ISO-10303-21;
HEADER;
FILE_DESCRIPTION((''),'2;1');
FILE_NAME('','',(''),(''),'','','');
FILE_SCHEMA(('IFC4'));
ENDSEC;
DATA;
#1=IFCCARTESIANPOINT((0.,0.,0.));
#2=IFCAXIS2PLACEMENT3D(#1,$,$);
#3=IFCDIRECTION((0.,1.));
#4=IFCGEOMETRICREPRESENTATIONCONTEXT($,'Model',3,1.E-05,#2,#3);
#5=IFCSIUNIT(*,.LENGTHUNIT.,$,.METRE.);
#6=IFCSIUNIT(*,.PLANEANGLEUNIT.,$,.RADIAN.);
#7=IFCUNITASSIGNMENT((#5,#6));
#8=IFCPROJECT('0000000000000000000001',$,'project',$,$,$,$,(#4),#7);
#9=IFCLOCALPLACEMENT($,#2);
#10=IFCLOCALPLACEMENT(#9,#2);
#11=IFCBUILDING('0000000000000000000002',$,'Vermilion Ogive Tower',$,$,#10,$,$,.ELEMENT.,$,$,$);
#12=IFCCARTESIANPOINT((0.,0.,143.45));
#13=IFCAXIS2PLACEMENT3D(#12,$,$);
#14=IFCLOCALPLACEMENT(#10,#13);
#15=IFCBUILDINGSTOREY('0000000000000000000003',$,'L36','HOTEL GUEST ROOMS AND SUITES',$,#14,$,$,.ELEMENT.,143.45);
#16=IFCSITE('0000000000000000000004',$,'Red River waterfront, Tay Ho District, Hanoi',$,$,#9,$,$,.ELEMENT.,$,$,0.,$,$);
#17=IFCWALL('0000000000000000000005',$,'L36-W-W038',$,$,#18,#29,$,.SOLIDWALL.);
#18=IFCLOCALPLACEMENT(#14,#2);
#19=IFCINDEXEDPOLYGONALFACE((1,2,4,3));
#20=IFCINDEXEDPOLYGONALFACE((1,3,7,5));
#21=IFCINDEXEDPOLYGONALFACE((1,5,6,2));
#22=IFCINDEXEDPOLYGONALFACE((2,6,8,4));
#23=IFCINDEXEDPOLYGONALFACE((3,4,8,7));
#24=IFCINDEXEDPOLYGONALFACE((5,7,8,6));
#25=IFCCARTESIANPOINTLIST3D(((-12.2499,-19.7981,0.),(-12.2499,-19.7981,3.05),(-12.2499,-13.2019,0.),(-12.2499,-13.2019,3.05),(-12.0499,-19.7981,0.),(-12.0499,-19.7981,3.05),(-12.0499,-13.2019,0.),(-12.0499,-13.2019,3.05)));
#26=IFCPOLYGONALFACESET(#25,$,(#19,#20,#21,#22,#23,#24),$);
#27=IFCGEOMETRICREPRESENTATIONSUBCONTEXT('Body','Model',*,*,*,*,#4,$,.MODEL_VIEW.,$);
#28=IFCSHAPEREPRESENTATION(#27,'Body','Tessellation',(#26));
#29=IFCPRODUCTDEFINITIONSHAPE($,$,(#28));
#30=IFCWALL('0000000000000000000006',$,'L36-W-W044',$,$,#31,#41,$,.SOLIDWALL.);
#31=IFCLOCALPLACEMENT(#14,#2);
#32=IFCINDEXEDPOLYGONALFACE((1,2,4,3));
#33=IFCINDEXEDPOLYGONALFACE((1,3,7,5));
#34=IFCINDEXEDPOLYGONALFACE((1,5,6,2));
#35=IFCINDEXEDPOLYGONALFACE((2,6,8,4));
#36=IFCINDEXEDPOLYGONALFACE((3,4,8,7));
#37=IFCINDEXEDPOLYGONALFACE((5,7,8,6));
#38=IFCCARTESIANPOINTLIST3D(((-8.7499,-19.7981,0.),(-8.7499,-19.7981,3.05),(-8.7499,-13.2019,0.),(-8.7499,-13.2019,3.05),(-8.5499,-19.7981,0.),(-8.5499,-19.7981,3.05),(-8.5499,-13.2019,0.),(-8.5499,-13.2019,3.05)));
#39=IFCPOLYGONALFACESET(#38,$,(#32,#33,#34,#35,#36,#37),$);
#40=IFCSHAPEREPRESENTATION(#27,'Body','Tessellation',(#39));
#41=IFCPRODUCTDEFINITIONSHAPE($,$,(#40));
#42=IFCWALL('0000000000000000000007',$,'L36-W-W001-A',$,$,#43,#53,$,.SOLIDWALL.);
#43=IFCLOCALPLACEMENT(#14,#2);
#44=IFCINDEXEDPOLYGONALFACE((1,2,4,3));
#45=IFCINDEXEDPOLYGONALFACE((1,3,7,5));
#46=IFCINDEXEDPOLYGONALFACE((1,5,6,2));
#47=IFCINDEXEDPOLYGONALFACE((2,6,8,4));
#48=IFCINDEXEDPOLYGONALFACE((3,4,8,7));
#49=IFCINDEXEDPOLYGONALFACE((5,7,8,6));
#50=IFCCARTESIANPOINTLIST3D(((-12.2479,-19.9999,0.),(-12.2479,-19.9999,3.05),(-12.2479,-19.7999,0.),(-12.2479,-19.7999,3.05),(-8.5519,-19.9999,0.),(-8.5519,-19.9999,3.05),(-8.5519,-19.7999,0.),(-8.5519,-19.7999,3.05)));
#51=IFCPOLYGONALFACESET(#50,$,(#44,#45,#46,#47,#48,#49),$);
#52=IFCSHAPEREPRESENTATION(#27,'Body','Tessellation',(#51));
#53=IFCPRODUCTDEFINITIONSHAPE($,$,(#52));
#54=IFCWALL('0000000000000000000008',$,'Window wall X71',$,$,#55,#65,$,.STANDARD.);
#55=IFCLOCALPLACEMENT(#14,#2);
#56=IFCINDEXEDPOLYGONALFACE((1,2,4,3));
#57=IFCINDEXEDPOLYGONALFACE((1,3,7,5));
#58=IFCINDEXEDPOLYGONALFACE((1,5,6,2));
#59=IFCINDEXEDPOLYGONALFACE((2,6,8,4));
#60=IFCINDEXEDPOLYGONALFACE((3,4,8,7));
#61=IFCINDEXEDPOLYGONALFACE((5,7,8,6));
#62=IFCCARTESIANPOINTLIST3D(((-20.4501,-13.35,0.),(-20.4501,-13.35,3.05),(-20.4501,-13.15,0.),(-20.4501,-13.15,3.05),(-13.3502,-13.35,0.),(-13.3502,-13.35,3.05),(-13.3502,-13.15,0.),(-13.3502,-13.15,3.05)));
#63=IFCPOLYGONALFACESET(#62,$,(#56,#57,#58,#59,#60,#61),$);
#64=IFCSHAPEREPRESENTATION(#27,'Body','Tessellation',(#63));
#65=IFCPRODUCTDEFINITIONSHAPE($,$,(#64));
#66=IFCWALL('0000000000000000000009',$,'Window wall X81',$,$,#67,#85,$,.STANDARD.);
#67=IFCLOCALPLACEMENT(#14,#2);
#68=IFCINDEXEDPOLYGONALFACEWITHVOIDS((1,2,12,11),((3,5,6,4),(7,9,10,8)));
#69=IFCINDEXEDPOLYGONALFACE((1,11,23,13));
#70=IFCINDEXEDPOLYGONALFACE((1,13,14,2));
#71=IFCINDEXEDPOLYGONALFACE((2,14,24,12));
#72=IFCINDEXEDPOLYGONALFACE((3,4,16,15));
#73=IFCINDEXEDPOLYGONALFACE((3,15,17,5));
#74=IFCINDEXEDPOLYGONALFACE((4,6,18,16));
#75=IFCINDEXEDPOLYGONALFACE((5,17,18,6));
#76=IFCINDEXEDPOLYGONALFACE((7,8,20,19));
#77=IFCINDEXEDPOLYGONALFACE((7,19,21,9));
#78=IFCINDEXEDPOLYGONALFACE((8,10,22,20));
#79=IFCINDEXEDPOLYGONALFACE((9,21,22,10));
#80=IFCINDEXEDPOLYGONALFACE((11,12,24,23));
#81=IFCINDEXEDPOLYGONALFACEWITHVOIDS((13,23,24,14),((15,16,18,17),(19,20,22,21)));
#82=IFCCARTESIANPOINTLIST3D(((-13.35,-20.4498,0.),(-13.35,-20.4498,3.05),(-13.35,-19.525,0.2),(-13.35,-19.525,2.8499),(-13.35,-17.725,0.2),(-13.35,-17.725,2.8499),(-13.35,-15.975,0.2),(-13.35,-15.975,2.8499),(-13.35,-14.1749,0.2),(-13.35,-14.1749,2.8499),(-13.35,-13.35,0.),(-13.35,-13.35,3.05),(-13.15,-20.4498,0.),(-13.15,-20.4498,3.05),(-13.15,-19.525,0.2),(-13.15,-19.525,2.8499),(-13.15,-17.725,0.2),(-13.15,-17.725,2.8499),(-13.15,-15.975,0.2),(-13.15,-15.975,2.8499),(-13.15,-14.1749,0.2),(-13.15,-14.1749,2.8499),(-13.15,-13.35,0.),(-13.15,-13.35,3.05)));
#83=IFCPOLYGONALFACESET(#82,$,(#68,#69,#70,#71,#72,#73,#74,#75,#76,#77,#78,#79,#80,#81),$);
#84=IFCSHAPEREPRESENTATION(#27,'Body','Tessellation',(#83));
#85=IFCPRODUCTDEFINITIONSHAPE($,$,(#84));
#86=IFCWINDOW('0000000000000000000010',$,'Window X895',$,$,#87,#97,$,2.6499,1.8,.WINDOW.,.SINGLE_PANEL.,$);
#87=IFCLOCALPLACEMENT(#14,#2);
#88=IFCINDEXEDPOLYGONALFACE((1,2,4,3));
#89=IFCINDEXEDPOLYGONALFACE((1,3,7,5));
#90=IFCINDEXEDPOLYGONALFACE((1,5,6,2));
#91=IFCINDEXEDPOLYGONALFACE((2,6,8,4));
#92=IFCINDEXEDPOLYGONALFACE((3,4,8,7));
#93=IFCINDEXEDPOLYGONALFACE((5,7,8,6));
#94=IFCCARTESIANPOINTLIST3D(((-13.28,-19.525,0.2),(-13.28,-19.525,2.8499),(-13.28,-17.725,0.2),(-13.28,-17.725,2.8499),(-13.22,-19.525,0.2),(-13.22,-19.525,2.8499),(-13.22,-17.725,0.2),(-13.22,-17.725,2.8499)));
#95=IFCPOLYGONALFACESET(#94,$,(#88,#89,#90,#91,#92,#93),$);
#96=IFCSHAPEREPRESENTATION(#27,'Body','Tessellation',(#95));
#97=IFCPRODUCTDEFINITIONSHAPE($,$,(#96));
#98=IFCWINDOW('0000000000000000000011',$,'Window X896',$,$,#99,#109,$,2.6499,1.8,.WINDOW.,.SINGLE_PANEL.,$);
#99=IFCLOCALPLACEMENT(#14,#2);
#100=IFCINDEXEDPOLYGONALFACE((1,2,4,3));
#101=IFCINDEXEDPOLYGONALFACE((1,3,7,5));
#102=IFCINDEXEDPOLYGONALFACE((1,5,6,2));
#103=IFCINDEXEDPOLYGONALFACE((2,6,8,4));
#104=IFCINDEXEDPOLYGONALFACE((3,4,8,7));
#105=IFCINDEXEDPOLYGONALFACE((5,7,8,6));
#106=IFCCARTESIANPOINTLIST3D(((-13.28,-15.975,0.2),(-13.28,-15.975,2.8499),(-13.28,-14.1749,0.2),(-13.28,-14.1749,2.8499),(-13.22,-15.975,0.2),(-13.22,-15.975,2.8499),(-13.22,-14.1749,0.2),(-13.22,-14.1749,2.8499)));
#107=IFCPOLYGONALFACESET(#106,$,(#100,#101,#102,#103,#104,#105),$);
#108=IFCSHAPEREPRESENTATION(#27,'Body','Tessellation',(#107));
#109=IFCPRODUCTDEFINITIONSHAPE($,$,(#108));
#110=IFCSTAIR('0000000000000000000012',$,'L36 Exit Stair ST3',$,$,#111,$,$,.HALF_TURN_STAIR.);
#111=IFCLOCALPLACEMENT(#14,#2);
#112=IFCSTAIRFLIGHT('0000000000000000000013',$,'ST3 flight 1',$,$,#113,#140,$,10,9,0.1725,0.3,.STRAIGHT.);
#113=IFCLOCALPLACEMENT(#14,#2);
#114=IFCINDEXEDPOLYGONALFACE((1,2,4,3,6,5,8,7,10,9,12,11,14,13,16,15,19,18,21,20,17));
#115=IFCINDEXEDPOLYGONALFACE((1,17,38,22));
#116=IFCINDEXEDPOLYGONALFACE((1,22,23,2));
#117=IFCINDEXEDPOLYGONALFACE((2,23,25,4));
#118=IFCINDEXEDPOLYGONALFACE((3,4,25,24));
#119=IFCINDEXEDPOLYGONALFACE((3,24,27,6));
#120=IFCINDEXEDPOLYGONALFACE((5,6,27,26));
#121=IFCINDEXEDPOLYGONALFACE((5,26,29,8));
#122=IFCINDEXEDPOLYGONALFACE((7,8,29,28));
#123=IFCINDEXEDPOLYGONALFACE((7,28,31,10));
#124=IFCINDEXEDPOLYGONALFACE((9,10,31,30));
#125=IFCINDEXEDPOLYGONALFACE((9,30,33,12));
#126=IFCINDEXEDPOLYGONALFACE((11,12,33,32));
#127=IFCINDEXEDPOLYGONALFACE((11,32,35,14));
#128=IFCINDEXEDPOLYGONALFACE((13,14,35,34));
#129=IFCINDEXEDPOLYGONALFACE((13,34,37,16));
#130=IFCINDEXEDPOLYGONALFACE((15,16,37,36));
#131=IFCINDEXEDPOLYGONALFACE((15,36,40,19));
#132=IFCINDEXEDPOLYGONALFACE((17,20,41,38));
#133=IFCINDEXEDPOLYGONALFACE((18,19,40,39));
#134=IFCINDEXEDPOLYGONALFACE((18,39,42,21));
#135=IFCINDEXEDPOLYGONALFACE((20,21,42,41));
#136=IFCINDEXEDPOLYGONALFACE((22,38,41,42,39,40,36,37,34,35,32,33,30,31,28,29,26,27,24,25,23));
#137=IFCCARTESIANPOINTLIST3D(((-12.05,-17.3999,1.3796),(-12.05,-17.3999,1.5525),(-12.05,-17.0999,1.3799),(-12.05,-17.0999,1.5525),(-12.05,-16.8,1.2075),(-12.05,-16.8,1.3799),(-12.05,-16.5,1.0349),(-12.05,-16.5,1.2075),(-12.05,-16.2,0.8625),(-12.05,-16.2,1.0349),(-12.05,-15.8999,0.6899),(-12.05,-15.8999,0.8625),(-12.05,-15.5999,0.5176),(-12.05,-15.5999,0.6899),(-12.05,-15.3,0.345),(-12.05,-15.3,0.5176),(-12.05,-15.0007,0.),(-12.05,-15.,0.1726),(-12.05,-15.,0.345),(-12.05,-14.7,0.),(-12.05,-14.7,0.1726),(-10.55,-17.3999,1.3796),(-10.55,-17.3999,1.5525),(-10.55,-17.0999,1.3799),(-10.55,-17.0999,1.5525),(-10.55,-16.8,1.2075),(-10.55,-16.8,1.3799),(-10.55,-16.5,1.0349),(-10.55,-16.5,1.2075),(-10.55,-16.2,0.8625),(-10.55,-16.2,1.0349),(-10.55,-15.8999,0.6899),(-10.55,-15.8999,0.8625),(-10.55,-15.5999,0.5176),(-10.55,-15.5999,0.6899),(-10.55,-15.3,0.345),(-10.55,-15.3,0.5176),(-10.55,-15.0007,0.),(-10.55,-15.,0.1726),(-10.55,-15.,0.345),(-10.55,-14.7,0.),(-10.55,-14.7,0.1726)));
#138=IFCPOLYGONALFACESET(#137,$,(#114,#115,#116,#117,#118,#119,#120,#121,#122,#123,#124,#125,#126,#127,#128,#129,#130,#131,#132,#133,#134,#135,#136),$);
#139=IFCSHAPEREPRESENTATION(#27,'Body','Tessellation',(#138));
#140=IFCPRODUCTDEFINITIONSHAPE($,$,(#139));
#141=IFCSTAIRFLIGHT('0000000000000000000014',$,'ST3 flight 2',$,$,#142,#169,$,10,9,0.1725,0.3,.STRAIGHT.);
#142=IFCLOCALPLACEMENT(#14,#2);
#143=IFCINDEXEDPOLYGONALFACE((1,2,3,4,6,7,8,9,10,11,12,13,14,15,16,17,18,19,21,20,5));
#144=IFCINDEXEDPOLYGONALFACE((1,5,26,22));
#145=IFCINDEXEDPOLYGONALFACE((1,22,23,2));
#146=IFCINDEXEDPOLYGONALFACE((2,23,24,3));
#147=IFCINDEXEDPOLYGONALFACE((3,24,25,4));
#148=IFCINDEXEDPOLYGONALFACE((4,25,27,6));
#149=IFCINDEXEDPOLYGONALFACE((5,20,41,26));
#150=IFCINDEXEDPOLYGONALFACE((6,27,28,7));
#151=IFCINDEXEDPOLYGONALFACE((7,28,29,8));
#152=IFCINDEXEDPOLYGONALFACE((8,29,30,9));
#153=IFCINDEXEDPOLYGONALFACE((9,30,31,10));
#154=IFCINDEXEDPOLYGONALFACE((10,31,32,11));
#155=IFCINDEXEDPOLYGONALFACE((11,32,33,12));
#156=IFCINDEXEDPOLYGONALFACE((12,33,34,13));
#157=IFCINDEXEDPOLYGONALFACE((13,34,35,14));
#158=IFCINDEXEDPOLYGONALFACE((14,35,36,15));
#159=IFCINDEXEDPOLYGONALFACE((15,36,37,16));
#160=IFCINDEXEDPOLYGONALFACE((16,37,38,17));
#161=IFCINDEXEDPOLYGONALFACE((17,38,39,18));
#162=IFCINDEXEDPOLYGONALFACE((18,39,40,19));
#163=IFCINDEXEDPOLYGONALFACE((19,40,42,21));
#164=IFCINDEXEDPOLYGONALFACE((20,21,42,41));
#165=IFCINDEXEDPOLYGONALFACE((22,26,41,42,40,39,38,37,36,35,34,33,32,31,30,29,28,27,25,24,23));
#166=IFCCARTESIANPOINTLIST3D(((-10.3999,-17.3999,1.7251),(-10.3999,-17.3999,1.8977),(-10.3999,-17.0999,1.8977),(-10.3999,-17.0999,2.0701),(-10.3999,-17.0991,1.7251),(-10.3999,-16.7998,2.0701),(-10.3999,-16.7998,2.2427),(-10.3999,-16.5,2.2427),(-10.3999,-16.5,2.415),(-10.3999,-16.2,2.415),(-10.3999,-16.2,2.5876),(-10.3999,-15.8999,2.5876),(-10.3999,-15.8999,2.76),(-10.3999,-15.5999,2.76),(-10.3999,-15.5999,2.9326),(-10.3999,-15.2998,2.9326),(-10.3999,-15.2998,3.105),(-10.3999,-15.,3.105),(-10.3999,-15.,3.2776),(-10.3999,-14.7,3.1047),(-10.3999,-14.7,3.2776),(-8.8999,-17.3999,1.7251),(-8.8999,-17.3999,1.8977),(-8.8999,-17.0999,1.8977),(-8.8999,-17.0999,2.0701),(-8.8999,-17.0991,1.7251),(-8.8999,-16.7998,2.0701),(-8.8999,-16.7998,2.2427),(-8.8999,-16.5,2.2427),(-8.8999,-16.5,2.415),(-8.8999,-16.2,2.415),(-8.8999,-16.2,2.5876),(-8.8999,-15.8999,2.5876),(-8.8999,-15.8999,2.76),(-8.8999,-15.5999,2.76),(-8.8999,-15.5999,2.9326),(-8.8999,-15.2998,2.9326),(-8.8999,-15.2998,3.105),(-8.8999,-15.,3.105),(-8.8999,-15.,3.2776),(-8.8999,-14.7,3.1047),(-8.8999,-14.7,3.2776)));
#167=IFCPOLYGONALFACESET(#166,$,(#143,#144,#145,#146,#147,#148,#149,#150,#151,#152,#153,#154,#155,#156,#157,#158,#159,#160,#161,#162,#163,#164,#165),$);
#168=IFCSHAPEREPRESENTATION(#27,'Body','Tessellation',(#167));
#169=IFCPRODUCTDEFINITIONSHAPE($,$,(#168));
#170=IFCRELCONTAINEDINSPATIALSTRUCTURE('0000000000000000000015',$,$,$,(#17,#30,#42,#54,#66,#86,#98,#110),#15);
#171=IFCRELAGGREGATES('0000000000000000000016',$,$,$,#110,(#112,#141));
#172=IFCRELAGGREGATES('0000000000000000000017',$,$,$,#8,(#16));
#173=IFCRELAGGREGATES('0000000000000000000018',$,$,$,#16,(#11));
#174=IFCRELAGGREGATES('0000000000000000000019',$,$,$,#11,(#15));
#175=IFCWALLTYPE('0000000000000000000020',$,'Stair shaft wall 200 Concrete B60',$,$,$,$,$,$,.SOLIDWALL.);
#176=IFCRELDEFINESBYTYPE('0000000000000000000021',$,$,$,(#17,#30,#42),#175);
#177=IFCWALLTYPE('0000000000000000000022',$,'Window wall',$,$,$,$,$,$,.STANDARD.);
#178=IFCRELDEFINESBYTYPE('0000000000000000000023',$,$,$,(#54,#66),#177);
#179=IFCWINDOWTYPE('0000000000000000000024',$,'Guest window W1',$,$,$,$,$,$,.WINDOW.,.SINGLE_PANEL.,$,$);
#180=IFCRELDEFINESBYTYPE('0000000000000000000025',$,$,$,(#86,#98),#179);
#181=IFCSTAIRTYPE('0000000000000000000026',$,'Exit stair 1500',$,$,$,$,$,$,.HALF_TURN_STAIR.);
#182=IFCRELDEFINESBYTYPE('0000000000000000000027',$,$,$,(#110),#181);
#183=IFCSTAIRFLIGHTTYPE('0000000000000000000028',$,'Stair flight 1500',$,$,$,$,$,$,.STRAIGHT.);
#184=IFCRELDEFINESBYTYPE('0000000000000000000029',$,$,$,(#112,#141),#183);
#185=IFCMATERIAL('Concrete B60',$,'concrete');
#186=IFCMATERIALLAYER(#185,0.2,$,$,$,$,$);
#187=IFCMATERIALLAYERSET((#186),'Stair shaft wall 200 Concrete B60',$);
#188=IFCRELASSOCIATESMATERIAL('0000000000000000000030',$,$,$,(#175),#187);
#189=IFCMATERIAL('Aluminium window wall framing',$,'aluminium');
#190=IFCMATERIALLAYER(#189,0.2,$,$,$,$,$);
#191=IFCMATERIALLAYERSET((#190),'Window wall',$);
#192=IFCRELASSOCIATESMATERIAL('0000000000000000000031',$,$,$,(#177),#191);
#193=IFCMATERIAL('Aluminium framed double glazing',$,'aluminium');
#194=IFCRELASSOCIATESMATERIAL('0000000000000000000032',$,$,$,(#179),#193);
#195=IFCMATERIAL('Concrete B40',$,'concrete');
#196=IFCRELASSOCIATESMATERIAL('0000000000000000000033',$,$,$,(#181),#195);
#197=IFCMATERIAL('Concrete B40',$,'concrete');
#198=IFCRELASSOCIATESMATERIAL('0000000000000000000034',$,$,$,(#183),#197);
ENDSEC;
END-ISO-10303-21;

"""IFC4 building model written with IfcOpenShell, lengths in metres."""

from ifc_helpers import new_model, si_unit, direction, frame, frame_2d, origin, place, context, subcontext, project, spatial, polyline, rectangle, outline, extrude, material, layer, layer_set, type_object, element, fill, aggregate, save


model = new_model("IFC4")

# Units and contexts
model_context = context("Model", 3, precision=1e-05, world=origin(), true_north=direction((0.0, 1.0)))
body_context = subcontext(model_context, "Body", "Model", "MODEL_VIEW")
ifc_project = project(units=[si_unit("LENGTHUNIT", "METRE"), si_unit("PLANEANGLEUNIT", "RADIAN")], contexts=[model_context])

# Site, building, storey
site_placement = place(None, origin())
site = spatial("IfcSite", under=ifc_project, at=site_placement, Name="Red River waterfront, Tay Ho District, Hanoi", CompositionType="ELEMENT", RefElevation=0.0)
building_placement = place(site_placement, origin())
building = spatial("IfcBuilding", under=site, at=building_placement, Name="Vermilion Ogive Tower", CompositionType="ELEMENT")
storey_placement = place(building_placement, frame((0.0, 0.0, 143.45)))
storey = spatial("IfcBuildingStorey", under=building, at=storey_placement, Name="L36", Description="HOTEL GUEST ROOMS AND SUITES", CompositionType="ELEMENT", Elevation=143.45)

# Shared definitions
ifc_material_1 = material(Name="Concrete B60", Category="concrete")
ifc_layer_1 = layer(ifc_material_1, 0.2)
ifc_layer_set_1 = layer_set([ifc_layer_1], Name="Stair shaft wall 200 Concrete B60")
wall_type_1 = type_object("IfcWallType", Name="Stair shaft wall 200 Concrete B60", PredefinedType="SOLIDWALL", material=ifc_layer_set_1)

# Walls
for number, where, z_axis, x_axis, name in (
    (1, (-12.1499, -19.7981, 0.0), (0.0, 0.0, 1.0), (0.0, 1.0, 0.0), "L36-W-W038"),
    (2, (-8.6499, -19.7981, 0.0), (0.0, 0.0, 1.0), (0.0, 1.0, 0.0), "L36-W-W044"),
):
    element("IfcWall", number, at=place(storey_placement, frame(where, z_axis=z_axis, x_axis=x_axis)), inside=storey, type_object=wall_type_1, Name=name, PredefinedType="SOLIDWALL", context=body_context, shape_type="SweptSolid", body=[
        extrude(rectangle(XDim=6.5962, YDim=0.2, at=frame_2d((3.2981, 0.0))), origin(), (0.0, 0.0, 1.0), 3.05),
    ])
wall_1_placement = place(storey_placement, frame((-12.248, -19.8999, 0.0), z_axis=(0.0, 0.0, 1.0), x_axis=(1.0, 0.0, 0.0)))
element("IfcWall", 3, at=wall_1_placement, inside=storey, type_object=wall_type_1, Name="L36-W-W001-A", PredefinedType="SOLIDWALL", context=body_context, shape_type="SweptSolid", body=[
    extrude(rectangle(XDim=3.696, YDim=0.2, at=frame_2d((1.8481, 0.0))), origin(), (0.0, 0.0, 1.0), 3.05),
])
ifc_material_2 = material(Name="Aluminium window wall framing", Category="aluminium")
ifc_layer_2 = layer(ifc_material_2, 0.2)
ifc_layer_set_2 = layer_set([ifc_layer_2], Name="Window wall")
wall_type_2 = type_object("IfcWallType", Name="Window wall", PredefinedType="STANDARD", material=ifc_layer_set_2)
wall_2_placement = place(storey_placement, frame((-20.45, -13.25, 0.0), z_axis=(0.0, 0.0, 1.0), x_axis=(1.0, 0.0, 0.0)))
element("IfcWall", 4, at=wall_2_placement, inside=storey, type_object=wall_type_2, Name="Window wall X71", PredefinedType="STANDARD", context=body_context, shape_type="SweptSolid", body=[
    extrude(rectangle(XDim=7.0999, YDim=0.2, at=frame_2d((3.5498, 0.0))), origin(), (0.0, 0.0, 1.0), 3.05),
])

# Wall, openings, windows
wall_3_placement = place(storey_placement, frame((-13.25, -13.3501, 0.0), z_axis=(0.0, 0.0, 1.0), x_axis=(0.0, -1.0, 0.0)))
wall_3 = element("IfcWall", 5, at=wall_3_placement, inside=storey, type_object=wall_type_2, Name="Window wall X81", PredefinedType="STANDARD", context=body_context, shape_type="SweptSolid", body=[
    extrude(rectangle(XDim=7.0999, YDim=0.2, at=frame_2d((3.5498, 0.0))), origin(), (0.0, 0.0, 1.0), 3.05),
])
opening_1_placement = place(wall_3_placement, frame((4.375, 0.0, 0.2)))
opening_1 = element("IfcOpeningElement", 6, at=opening_1_placement, cuts=wall_3, PredefinedType="OPENING", context=body_context, shape_type="SweptSolid", body=[
    extrude(rectangle(XDim=1.8, YDim=2.6499, at=frame_2d((0.8999, 1.325))), frame((0.0, 0.1099, 0.0), z_axis=(0.0, -1.0, 0.0), x_axis=(1.0, 0.0, 0.0)), (0.0, 0.0, 1.0), 0.22),
])
opening_2_placement = place(wall_3_placement, frame((0.825, 0.0, 0.2)))
opening_2 = element("IfcOpeningElement", 7, at=opening_2_placement, cuts=wall_3, PredefinedType="OPENING", context=body_context, shape_type="SweptSolid", body=[
    extrude(rectangle(XDim=1.8, YDim=2.6499, at=frame_2d((0.8999, 1.325))), frame((0.0, 0.1099, 0.0), z_axis=(0.0, -1.0, 0.0), x_axis=(1.0, 0.0, 0.0)), (0.0, 0.0, 1.0), 0.22),
])
ifc_material_3 = material(Name="Aluminium framed double glazing", Category="aluminium")
window_type = type_object("IfcWindowType", Name="Guest window W1", PartitioningType="SINGLE_PANEL", PredefinedType="WINDOW", material=ifc_material_3)
window_1_placement = place(opening_1_placement, origin())
window_1 = element("IfcWindow", 8, at=window_1_placement, inside=storey, type_object=window_type, Name="Window X895", OverallHeight=2.6499, OverallWidth=1.8, PartitioningType="SINGLE_PANEL", PredefinedType="WINDOW", context=body_context, shape_type="SweptSolid", body=[
    extrude(rectangle(XDim=1.8, YDim=2.6499, at=frame_2d((0.8999, 1.325))), frame((0.0, 0.03, 0.0), z_axis=(0.0, -1.0, 0.0), x_axis=(1.0, 0.0, 0.0)), (0.0, 0.0, 1.0), 0.0601),
])
fill(opening_1, window_1)
window_2_placement = place(opening_2_placement, origin())
window_2 = element("IfcWindow", 9, at=window_2_placement, inside=storey, type_object=window_type, Name="Window X896", OverallHeight=2.6499, OverallWidth=1.8, PartitioningType="SINGLE_PANEL", PredefinedType="WINDOW", context=body_context, shape_type="SweptSolid", body=[
    extrude(rectangle(XDim=1.8, YDim=2.6499, at=frame_2d((0.8999, 1.325))), frame((0.0, 0.03, 0.0), z_axis=(0.0, -1.0, 0.0), x_axis=(1.0, 0.0, 0.0)), (0.0, 0.0, 1.0), 0.0601),
])
fill(opening_2, window_2)

# Stair, stair flights
ifc_material_4 = material(Name="Concrete B40", Category="concrete")
stair_type = type_object("IfcStairType", Name="Exit stair 1500", PredefinedType="HALF_TURN_STAIR", material=ifc_material_4)
stair_placement = place(storey_placement, origin())
stair = element("IfcStair", 10, at=stair_placement, inside=storey, type_object=stair_type, Name="L36 Exit Stair ST3", PredefinedType="HALF_TURN_STAIR")
ifc_material_5 = material(Name="Concrete B40", Category="concrete")
stair_flight_type = type_object("IfcStairFlightType", Name="Stair flight 1500", PredefinedType="STRAIGHT", material=ifc_material_5)
stair_flight_1_placement = place(storey_placement, frame((-11.3, -14.7, 0.0), z_axis=(0.0, 0.0, 1.0), x_axis=(0.0, -1.0, 0.0)))
stair_flight_1 = element("IfcStairFlight", 11, at=stair_flight_1_placement, type_object=stair_flight_type, Name="ST3 flight 1", NumberOfRisers=10, NumberOfTreads=9, PredefinedType="STRAIGHT", RiserHeight=0.1725, TreadLength=0.3, context=body_context, shape_type="SweptSolid", body=[
    extrude(outline(polyline([(0.0, 0.0), (0.0, 0.1726), (0.3, 0.1726), (0.3, 0.345), (0.6001, 0.345), (0.6001, 0.5176), (0.8999, 0.5176), (0.8999, 0.6899), (1.2, 0.6899), (1.2, 0.8625), (1.5, 0.8625), (1.5, 1.0349), (1.8, 1.0349), (1.8, 1.2075), (2.1001, 1.2075), (2.1001, 1.3799), (2.3999, 1.3799), (2.3999, 1.5525), (2.7, 1.5525), (2.7, 1.7251), (2.7, 1.3796), (0.3008, 0.0), (0.0, 0.0)])), frame((0.0, 0.75, 0.0), z_axis=(0.0, -1.0, 0.0), x_axis=(1.0, 0.0, 0.0)), (0.0, 0.0, 1.0), 1.5),
])
stair_flight_2_placement = place(storey_placement, frame((-9.6499, -17.3999, 1.7251), z_axis=(0.0, 0.0, 1.0), x_axis=(0.0, 1.0, 0.0)))
stair_flight_2 = element("IfcStairFlight", 12, at=stair_flight_2_placement, type_object=stair_flight_type, Name="ST3 flight 2", NumberOfRisers=10, NumberOfTreads=9, PredefinedType="STRAIGHT", RiserHeight=0.1725, TreadLength=0.3, context=body_context, shape_type="SweptSolid", body=[
    extrude(outline(polyline([(0.0, 0.0), (0.0, 0.1726), (0.3, 0.1726), (0.3, 0.345), (0.6001, 0.345), (0.6001, 0.5176), (0.8999, 0.5176), (0.8999, 0.6899), (1.2, 0.6899), (1.2, 0.8625), (1.5, 0.8625), (1.5, 1.0349), (1.8, 1.0349), (1.8, 1.2075), (2.1001, 1.2075), (2.1001, 1.3799), (2.3999, 1.3799), (2.3999, 1.5525), (2.7, 1.5525), (2.7, 1.7251), (2.7, 1.3796), (0.3008, 0.0), (0.0, 0.0)])), frame((0.0, 0.75, 0.0), z_axis=(0.0, -1.0, 0.0), x_axis=(1.0, 0.0, 0.0)), (0.0, 0.0, 1.0), 1.5),
])
aggregate(stair, [stair_flight_1, stair_flight_2])

save(model, "model.ifc")
